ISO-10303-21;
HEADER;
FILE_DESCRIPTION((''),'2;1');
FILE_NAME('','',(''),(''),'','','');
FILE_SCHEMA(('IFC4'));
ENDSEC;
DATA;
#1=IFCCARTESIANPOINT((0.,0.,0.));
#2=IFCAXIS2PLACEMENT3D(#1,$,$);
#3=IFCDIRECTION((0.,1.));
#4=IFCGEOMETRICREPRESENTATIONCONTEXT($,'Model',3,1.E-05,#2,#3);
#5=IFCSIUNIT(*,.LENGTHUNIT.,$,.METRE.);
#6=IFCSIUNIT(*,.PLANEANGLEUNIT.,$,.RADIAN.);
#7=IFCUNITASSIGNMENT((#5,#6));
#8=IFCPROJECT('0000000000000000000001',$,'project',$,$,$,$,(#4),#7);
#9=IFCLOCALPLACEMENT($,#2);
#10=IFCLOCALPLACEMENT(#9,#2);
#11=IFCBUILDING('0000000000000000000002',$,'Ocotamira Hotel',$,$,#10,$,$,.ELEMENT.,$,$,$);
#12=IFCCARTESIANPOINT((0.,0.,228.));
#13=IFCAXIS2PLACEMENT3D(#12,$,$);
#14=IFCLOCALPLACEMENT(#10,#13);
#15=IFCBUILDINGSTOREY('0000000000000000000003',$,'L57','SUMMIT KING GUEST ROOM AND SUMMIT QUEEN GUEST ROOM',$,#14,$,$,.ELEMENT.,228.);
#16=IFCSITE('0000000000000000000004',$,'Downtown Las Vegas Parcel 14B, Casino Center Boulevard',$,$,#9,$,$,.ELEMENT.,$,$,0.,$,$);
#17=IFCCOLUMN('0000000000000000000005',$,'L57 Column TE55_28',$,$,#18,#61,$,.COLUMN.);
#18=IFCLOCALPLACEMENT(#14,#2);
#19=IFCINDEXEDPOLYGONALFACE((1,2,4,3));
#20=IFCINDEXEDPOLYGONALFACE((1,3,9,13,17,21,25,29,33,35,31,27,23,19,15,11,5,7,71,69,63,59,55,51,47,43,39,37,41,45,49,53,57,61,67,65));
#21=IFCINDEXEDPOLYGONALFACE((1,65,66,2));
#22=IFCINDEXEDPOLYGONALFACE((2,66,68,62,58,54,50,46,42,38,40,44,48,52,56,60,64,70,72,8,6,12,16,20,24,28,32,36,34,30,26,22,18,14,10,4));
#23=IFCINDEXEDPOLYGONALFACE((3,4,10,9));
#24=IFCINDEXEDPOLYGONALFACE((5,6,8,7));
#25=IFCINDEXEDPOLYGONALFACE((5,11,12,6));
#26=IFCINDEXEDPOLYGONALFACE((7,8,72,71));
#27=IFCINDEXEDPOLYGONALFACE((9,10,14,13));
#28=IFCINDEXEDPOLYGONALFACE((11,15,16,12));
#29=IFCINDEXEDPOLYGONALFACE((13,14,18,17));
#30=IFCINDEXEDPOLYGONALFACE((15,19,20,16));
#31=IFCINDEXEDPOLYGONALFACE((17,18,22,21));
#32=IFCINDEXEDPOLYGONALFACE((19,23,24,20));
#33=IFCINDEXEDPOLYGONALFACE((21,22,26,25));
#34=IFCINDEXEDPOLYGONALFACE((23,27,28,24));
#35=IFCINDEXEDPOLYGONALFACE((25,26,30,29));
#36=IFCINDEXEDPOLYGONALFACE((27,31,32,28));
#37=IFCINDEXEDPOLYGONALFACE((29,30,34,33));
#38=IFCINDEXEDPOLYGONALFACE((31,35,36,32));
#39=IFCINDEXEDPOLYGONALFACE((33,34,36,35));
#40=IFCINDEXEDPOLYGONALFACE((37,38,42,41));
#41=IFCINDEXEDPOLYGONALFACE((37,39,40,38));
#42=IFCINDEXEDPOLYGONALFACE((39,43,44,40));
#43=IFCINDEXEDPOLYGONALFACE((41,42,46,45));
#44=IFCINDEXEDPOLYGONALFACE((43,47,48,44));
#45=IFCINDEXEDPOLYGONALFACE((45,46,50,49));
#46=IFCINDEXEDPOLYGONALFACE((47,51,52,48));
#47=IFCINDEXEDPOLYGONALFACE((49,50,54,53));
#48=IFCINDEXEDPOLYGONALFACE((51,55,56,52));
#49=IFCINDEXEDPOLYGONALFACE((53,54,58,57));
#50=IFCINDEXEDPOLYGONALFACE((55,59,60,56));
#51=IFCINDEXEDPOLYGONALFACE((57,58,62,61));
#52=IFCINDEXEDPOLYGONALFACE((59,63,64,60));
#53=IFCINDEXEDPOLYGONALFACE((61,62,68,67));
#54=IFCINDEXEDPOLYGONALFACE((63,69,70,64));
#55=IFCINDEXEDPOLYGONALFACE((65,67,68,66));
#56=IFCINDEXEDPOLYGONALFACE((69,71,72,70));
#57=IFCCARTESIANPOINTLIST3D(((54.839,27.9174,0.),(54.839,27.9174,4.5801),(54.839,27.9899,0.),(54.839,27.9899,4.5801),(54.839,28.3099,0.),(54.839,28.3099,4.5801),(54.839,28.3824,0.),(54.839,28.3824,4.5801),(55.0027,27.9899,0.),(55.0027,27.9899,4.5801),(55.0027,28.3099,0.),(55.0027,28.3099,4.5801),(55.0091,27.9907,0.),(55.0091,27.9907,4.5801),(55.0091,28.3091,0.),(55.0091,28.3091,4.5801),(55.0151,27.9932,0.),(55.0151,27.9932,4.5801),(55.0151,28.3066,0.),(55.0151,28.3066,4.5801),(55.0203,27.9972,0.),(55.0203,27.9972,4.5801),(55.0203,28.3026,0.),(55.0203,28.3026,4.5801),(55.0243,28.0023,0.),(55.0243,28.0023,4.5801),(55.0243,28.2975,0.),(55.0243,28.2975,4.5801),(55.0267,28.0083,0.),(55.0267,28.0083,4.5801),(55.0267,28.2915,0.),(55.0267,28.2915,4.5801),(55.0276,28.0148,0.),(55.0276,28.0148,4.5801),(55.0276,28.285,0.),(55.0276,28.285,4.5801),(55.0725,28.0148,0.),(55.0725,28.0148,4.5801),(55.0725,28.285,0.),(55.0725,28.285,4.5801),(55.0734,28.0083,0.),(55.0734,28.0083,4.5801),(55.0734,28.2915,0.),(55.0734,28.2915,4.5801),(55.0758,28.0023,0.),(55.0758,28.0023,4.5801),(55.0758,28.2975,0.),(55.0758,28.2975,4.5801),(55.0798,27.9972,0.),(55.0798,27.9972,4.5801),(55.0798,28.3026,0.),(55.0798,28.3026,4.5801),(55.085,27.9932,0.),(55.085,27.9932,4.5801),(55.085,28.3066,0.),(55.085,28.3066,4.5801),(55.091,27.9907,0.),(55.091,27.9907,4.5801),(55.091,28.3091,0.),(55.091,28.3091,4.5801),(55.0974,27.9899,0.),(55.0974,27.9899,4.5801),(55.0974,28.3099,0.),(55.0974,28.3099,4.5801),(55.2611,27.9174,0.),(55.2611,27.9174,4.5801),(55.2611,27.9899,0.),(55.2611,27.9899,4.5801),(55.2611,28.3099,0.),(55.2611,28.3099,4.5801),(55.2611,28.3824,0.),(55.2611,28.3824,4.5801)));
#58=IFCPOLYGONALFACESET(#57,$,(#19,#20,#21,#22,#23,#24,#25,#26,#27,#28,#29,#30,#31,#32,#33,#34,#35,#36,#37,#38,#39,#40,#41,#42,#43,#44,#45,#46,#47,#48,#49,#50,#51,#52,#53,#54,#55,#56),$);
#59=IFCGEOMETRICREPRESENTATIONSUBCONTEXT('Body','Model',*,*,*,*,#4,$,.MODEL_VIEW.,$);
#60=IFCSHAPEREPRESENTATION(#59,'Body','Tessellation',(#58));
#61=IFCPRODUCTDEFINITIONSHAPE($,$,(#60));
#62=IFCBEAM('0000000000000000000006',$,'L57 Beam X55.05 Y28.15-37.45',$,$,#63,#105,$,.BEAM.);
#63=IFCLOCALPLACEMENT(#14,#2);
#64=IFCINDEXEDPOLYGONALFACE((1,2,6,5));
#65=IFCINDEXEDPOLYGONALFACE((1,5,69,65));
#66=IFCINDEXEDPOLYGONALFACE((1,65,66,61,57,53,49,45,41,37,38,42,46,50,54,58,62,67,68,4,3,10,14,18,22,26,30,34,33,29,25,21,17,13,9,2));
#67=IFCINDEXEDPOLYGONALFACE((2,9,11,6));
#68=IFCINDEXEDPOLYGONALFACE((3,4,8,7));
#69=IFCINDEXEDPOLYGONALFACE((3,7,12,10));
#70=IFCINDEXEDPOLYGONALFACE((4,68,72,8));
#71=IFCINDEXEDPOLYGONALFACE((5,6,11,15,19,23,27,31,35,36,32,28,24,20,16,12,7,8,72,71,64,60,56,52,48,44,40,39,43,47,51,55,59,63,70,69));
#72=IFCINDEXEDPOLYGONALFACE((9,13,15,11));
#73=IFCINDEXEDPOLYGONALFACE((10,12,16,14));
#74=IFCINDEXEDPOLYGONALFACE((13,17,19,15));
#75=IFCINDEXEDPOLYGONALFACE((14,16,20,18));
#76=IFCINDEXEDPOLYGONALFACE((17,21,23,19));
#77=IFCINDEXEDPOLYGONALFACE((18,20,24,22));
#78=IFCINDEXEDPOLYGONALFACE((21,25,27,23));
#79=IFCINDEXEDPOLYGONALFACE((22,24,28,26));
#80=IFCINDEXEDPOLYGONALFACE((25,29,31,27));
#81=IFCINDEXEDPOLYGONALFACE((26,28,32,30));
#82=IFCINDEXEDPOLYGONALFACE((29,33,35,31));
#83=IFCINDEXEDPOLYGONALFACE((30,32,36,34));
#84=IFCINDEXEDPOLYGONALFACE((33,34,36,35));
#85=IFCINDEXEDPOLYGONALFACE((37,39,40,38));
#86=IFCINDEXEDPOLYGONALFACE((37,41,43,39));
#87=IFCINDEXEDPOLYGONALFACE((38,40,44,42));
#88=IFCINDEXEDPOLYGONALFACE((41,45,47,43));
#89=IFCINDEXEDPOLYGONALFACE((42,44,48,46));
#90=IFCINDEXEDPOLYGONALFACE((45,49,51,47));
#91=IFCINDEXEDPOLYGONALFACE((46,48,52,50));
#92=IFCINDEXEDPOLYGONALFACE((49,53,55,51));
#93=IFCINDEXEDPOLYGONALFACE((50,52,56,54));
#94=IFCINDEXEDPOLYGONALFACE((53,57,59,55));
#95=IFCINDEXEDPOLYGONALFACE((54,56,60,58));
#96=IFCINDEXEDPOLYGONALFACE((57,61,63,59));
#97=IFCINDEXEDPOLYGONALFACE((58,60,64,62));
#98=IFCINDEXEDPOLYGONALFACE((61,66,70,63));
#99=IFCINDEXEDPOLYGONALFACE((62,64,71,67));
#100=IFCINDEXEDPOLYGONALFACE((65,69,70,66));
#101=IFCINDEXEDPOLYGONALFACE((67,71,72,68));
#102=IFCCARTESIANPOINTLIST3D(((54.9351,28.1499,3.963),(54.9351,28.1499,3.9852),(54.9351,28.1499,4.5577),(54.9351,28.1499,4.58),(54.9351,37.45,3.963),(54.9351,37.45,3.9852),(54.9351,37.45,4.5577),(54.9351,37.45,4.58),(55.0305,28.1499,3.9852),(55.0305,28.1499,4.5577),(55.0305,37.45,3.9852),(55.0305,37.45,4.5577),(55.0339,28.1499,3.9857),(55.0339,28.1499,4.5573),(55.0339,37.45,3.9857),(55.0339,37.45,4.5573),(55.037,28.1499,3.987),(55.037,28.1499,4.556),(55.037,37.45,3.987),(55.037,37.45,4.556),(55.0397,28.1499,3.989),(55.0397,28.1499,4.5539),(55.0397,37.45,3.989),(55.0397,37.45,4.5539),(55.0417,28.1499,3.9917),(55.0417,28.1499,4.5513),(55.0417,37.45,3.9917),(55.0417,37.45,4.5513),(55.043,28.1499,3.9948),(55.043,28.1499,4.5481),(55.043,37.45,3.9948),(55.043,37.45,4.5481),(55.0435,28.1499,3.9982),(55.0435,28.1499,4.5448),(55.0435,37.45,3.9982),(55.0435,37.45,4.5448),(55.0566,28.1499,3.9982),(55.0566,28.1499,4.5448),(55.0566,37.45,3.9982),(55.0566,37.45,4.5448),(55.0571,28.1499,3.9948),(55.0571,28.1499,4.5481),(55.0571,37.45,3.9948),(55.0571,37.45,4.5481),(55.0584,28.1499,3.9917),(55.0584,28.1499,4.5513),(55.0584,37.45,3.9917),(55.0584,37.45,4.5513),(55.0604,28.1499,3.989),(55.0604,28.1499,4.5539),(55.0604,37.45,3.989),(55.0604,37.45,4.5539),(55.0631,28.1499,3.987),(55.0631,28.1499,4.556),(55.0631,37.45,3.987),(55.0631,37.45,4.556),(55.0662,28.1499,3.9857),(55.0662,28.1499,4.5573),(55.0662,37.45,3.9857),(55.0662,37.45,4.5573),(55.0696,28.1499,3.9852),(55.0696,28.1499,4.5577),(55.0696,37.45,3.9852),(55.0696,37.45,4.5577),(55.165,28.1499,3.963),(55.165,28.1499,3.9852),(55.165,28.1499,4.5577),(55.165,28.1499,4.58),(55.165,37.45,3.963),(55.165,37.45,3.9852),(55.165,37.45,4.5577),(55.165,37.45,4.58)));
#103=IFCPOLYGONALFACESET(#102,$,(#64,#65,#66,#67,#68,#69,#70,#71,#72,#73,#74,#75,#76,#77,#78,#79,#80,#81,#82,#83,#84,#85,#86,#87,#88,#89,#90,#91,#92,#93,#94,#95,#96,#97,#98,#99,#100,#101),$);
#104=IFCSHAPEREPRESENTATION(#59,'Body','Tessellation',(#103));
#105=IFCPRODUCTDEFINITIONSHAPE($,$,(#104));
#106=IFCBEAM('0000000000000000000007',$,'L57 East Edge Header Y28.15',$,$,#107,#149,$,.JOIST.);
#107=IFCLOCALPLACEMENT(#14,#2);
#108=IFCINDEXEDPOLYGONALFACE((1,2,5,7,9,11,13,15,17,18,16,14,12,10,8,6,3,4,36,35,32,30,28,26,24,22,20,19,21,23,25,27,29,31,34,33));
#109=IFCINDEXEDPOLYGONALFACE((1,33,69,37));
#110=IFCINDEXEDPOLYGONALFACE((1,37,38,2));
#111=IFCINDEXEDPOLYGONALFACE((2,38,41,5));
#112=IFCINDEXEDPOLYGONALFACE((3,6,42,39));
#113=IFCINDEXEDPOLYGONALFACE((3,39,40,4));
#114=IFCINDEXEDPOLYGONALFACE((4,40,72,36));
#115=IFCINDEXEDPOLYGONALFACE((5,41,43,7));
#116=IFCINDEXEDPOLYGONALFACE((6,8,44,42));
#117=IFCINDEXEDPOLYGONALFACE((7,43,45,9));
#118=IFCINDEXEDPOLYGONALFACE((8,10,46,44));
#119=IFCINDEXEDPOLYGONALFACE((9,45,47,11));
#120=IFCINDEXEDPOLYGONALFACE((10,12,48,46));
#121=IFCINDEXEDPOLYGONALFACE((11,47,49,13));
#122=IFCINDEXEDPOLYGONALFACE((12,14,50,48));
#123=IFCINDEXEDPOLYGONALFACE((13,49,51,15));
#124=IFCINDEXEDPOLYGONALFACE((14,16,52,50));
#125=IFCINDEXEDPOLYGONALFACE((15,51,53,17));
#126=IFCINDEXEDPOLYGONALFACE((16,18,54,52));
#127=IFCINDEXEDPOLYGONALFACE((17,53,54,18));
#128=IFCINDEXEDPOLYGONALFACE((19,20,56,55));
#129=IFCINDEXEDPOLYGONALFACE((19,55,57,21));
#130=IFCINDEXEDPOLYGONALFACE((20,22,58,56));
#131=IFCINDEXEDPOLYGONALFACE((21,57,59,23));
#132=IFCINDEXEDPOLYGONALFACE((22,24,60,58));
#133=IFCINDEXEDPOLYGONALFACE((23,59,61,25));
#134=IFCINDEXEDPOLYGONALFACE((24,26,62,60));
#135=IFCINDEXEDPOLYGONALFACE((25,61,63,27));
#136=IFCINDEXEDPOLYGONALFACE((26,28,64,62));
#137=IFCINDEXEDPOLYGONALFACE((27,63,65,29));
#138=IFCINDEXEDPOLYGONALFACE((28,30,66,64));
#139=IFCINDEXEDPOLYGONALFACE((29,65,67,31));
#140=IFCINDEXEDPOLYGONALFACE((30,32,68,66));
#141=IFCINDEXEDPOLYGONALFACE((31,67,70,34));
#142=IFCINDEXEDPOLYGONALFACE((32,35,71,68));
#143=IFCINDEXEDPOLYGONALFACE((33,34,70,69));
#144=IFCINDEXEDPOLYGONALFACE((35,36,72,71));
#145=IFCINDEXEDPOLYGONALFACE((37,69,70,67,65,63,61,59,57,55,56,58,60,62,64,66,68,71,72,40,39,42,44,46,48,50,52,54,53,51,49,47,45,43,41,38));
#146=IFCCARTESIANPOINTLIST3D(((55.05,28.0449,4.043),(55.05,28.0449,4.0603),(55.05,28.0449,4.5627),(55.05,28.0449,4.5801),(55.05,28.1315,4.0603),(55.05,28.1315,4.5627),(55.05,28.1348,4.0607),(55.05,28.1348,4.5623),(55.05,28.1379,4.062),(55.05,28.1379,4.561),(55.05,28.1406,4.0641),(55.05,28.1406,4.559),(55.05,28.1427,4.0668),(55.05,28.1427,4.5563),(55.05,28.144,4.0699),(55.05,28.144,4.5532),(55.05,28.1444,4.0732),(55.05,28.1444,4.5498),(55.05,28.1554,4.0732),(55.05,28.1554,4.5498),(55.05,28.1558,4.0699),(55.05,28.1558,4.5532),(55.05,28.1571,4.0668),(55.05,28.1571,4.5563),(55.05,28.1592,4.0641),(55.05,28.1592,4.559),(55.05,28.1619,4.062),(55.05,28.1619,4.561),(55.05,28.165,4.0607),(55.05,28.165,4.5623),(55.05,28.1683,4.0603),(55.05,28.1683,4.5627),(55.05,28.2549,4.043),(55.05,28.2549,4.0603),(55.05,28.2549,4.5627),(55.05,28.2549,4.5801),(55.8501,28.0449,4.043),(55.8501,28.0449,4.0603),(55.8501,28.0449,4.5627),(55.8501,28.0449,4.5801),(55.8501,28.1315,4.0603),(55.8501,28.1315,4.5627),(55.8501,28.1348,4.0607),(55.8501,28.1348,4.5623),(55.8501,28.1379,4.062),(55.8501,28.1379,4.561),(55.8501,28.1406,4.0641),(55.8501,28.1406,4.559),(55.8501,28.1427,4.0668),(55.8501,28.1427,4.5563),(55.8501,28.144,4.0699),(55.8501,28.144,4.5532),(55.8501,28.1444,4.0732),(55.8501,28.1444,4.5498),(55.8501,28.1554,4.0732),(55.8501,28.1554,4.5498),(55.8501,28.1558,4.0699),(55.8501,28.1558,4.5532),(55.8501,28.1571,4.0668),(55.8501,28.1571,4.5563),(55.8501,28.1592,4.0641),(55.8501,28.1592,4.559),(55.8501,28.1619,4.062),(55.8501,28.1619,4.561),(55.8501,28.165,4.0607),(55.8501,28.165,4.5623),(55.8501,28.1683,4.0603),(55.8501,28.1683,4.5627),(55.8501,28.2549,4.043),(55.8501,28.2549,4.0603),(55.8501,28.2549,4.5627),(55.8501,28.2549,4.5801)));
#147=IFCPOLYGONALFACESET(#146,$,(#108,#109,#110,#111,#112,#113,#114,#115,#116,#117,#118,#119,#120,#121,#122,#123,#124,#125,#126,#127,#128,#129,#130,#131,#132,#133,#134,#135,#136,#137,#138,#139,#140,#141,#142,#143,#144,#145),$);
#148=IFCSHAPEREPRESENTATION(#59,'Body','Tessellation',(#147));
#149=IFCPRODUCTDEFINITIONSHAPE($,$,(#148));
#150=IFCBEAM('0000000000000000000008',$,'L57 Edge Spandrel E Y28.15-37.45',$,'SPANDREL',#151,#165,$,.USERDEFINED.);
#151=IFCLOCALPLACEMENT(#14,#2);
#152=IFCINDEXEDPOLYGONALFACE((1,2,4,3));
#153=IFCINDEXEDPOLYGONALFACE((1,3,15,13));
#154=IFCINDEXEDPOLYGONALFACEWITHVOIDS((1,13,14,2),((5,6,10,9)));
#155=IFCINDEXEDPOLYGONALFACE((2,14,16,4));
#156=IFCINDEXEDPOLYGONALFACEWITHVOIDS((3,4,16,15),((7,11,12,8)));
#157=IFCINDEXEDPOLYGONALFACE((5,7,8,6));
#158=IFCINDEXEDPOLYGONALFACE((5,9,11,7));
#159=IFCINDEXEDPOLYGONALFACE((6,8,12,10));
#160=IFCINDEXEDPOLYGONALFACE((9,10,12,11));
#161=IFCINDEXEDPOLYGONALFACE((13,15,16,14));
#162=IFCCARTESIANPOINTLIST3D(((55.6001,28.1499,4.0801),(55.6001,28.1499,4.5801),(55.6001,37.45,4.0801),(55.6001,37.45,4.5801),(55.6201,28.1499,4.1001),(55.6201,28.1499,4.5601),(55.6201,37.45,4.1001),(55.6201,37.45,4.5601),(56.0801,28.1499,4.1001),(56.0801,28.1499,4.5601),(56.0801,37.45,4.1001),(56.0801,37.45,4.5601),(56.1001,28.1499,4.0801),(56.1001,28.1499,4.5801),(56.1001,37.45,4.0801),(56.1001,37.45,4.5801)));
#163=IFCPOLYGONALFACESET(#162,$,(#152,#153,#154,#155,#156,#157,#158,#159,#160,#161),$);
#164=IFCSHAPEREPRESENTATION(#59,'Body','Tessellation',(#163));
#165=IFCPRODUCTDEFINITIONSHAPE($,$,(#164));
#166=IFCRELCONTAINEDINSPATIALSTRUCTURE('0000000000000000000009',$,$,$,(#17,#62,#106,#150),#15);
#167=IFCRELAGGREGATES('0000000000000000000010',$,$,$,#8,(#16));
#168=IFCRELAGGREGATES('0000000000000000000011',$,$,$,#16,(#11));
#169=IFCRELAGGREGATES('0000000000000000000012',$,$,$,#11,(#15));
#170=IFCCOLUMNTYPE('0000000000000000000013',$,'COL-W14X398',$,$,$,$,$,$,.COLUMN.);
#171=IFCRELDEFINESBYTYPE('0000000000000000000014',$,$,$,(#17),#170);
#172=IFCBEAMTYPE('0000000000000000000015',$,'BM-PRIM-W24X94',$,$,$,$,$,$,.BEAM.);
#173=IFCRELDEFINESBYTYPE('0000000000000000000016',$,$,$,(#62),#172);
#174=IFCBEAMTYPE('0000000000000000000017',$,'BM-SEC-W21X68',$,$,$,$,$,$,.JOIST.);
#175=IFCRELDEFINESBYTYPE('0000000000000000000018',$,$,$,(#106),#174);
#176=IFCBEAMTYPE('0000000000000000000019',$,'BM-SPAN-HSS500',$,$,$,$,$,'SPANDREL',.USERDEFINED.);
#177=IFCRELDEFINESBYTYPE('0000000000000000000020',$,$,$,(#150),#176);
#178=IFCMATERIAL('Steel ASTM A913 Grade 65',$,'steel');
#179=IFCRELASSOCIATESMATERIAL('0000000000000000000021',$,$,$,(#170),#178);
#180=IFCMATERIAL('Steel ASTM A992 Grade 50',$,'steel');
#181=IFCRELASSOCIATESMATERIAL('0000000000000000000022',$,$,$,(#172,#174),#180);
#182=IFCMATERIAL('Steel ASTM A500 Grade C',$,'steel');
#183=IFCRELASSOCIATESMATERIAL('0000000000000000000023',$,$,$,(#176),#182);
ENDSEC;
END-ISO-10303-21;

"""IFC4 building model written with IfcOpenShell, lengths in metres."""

from ifc_helpers import new_model, si_unit, direction, frame, origin, origin_2d, place, context, subcontext, project, spatial, hollow_rectangle, i_section, extrude, source, transform, mapped, material, material_profile, profile_set, type_object, element, save


model = new_model("IFC4")

# Units and contexts
model_context = context("Model", 3, precision=1e-05, world=origin(), true_north=direction((0.0, 1.0)))
body_context = subcontext(model_context, "Body", "Model", "MODEL_VIEW")
ifc_project = project(units=[si_unit("LENGTHUNIT", "METRE"), si_unit("PLANEANGLEUNIT", "RADIAN")], contexts=[model_context])

# Site, building, storey
site_placement = place(None, origin())
site = spatial("IfcSite", under=ifc_project, at=site_placement, Name="Downtown Las Vegas Parcel 14B, Casino Center Boulevard", CompositionType="ELEMENT", RefElevation=0.0)
building_placement = place(site_placement, origin())
building = spatial("IfcBuilding", under=site, at=building_placement, Name="Ocotamira Hotel", CompositionType="ELEMENT")
storey_placement = place(building_placement, frame((0.0, 0.0, 228.0)))
storey = spatial("IfcBuildingStorey", under=building, at=storey_placement, Name="L57", Description="SUMMIT KING GUEST ROOM AND SUMMIT QUEEN GUEST ROOM", CompositionType="ELEMENT", Elevation=228.0)

# Column
ifc_material_1 = material(Name="Steel ASTM A913 Grade 65", Category="steel")
ifc_material_profile_1 = material_profile(ifc_material_1, i_section(OverallWidth=0.4221, OverallDepth=0.4651, WebThickness=0.0449, FlangeThickness=0.0725, FilletRadius=0.0249, at=origin_2d()), Name="W14X398")
ifc_profile_set_1 = profile_set([ifc_material_profile_1], Name="Steel ASTM A913 Grade 65")
column_type = type_object("IfcColumnType", Name="COL-W14X398", PredefinedType="COLUMN", material=ifc_profile_set_1)
shared_shape_1 = source(origin(), body_context, "Body", "SweptSolid", [
    extrude(i_section(OverallWidth=0.4221, OverallDepth=0.4651, WebThickness=0.0449, FlangeThickness=0.0725, FilletRadius=0.0249, at=origin_2d()), origin(), (0.0, 0.0, 1.0), 4.5801),
])
column_placement = place(storey_placement, frame((55.05, 28.1499, 0.0), z_axis=(0.0, 0.0, 1.0), x_axis=(1.0, 0.0, 0.0)))
element("IfcColumn", 1, at=column_placement, inside=storey, type_object=column_type, Name="L57 Column TE55_28", PredefinedType="COLUMN", context=body_context, shape_type="MappedRepresentation", body=[
    mapped(shared_shape_1, transform((0.0, 0.0, 0.0), scale=1.0)),
])

# Beams
ifc_material_2 = material(Name="Steel ASTM A992 Grade 50", Category="steel")
ifc_material_profile_2 = material_profile(ifc_material_2, i_section(OverallWidth=0.23, OverallDepth=0.6169, WebThickness=0.0132, FlangeThickness=0.0222, FilletRadius=0.0129, at=origin_2d()), Name="W24X94")
ifc_profile_set_2 = profile_set([ifc_material_profile_2], Name="Steel ASTM A992 Grade 50")
beam_type_1 = type_object("IfcBeamType", Name="BM-PRIM-W24X94", PredefinedType="BEAM", material=ifc_profile_set_2)
shared_shape_2 = source(origin(), body_context, "Body", "SweptSolid", [
    extrude(i_section(OverallWidth=0.23, OverallDepth=0.6169, WebThickness=0.0132, FlangeThickness=0.0222, FilletRadius=0.0129, at=origin_2d()), origin(), (0.0, 0.0, 1.0), 9.3),
])
beam_1_placement = place(storey_placement, frame((55.05, 28.1499, 4.2715), z_axis=(0.0, 1.0, 0.0), x_axis=(-1.0, 0.0, 0.0)))
element("IfcBeam", 2, at=beam_1_placement, inside=storey, type_object=beam_type_1, Name="L57 Beam X55.05 Y28.15-37.45", PredefinedType="BEAM", context=body_context, shape_type="MappedRepresentation", body=[
    mapped(shared_shape_2, transform((0.0, 0.0, 0.0), scale=1.0)),
])
ifc_material_profile_3 = material_profile(ifc_material_2, i_section(OverallWidth=0.21, OverallDepth=0.5371, WebThickness=0.011, FlangeThickness=0.0173, FilletRadius=0.0129, at=origin_2d()), Name="W21X68")
ifc_profile_set_3 = profile_set([ifc_material_profile_3], Name="Steel ASTM A992 Grade 50")
beam_type_2 = type_object("IfcBeamType", Name="BM-SEC-W21X68", PredefinedType="JOIST", material=ifc_profile_set_3)
shared_shape_3 = source(origin(), body_context, "Body", "SweptSolid", [
    extrude(i_section(OverallWidth=0.21, OverallDepth=0.5371, WebThickness=0.011, FlangeThickness=0.0173, FilletRadius=0.0129, at=origin_2d()), origin(), (0.0, 0.0, 1.0), 0.8),
])
beam_2_placement = place(storey_placement, frame((55.05, 28.1499, 4.3115), z_axis=(1.0, 0.0, 0.0), x_axis=(0.0, 1.0, 0.0)))
element("IfcBeam", 3, at=beam_2_placement, inside=storey, type_object=beam_type_2, Name="L57 East Edge Header Y28.15", PredefinedType="JOIST", context=body_context, shape_type="MappedRepresentation", body=[
    mapped(shared_shape_3, transform((0.0, 0.0, 0.0), scale=1.0)),
])
ifc_material_3 = material(Name="Steel ASTM A500 Grade C", Category="steel")
ifc_material_profile_4 = material_profile(ifc_material_3, hollow_rectangle(XDim=0.5, YDim=0.5, WallThickness=0.02, at=origin_2d()), Name="HSS500X500X20")
ifc_profile_set_4 = profile_set([ifc_material_profile_4], Name="Steel ASTM A500 Grade C")
beam_type_3 = type_object("IfcBeamType", Name="BM-SPAN-HSS500", ElementType="SPANDREL", PredefinedType="USERDEFINED", material=ifc_profile_set_4)
shared_shape_4 = source(origin(), body_context, "Body", "SweptSolid", [
    extrude(hollow_rectangle(XDim=0.5, YDim=0.5, WallThickness=0.02, at=origin_2d()), origin(), (0.0, 0.0, 1.0), 9.3),
])
beam_3_placement = place(storey_placement, frame((55.8501, 28.1499, 4.3301), z_axis=(0.0, 1.0, 0.0), x_axis=(-1.0, 0.0, 0.0)))
element("IfcBeam", 4, at=beam_3_placement, inside=storey, type_object=beam_type_3, Name="L57 Edge Spandrel E Y28.15-37.45", ObjectType="SPANDREL", PredefinedType="USERDEFINED", context=body_context, shape_type="MappedRepresentation", body=[
    mapped(shared_shape_4, transform((0.0, 0.0, 0.0), scale=1.0)),
])

save(model, "model.ifc")
